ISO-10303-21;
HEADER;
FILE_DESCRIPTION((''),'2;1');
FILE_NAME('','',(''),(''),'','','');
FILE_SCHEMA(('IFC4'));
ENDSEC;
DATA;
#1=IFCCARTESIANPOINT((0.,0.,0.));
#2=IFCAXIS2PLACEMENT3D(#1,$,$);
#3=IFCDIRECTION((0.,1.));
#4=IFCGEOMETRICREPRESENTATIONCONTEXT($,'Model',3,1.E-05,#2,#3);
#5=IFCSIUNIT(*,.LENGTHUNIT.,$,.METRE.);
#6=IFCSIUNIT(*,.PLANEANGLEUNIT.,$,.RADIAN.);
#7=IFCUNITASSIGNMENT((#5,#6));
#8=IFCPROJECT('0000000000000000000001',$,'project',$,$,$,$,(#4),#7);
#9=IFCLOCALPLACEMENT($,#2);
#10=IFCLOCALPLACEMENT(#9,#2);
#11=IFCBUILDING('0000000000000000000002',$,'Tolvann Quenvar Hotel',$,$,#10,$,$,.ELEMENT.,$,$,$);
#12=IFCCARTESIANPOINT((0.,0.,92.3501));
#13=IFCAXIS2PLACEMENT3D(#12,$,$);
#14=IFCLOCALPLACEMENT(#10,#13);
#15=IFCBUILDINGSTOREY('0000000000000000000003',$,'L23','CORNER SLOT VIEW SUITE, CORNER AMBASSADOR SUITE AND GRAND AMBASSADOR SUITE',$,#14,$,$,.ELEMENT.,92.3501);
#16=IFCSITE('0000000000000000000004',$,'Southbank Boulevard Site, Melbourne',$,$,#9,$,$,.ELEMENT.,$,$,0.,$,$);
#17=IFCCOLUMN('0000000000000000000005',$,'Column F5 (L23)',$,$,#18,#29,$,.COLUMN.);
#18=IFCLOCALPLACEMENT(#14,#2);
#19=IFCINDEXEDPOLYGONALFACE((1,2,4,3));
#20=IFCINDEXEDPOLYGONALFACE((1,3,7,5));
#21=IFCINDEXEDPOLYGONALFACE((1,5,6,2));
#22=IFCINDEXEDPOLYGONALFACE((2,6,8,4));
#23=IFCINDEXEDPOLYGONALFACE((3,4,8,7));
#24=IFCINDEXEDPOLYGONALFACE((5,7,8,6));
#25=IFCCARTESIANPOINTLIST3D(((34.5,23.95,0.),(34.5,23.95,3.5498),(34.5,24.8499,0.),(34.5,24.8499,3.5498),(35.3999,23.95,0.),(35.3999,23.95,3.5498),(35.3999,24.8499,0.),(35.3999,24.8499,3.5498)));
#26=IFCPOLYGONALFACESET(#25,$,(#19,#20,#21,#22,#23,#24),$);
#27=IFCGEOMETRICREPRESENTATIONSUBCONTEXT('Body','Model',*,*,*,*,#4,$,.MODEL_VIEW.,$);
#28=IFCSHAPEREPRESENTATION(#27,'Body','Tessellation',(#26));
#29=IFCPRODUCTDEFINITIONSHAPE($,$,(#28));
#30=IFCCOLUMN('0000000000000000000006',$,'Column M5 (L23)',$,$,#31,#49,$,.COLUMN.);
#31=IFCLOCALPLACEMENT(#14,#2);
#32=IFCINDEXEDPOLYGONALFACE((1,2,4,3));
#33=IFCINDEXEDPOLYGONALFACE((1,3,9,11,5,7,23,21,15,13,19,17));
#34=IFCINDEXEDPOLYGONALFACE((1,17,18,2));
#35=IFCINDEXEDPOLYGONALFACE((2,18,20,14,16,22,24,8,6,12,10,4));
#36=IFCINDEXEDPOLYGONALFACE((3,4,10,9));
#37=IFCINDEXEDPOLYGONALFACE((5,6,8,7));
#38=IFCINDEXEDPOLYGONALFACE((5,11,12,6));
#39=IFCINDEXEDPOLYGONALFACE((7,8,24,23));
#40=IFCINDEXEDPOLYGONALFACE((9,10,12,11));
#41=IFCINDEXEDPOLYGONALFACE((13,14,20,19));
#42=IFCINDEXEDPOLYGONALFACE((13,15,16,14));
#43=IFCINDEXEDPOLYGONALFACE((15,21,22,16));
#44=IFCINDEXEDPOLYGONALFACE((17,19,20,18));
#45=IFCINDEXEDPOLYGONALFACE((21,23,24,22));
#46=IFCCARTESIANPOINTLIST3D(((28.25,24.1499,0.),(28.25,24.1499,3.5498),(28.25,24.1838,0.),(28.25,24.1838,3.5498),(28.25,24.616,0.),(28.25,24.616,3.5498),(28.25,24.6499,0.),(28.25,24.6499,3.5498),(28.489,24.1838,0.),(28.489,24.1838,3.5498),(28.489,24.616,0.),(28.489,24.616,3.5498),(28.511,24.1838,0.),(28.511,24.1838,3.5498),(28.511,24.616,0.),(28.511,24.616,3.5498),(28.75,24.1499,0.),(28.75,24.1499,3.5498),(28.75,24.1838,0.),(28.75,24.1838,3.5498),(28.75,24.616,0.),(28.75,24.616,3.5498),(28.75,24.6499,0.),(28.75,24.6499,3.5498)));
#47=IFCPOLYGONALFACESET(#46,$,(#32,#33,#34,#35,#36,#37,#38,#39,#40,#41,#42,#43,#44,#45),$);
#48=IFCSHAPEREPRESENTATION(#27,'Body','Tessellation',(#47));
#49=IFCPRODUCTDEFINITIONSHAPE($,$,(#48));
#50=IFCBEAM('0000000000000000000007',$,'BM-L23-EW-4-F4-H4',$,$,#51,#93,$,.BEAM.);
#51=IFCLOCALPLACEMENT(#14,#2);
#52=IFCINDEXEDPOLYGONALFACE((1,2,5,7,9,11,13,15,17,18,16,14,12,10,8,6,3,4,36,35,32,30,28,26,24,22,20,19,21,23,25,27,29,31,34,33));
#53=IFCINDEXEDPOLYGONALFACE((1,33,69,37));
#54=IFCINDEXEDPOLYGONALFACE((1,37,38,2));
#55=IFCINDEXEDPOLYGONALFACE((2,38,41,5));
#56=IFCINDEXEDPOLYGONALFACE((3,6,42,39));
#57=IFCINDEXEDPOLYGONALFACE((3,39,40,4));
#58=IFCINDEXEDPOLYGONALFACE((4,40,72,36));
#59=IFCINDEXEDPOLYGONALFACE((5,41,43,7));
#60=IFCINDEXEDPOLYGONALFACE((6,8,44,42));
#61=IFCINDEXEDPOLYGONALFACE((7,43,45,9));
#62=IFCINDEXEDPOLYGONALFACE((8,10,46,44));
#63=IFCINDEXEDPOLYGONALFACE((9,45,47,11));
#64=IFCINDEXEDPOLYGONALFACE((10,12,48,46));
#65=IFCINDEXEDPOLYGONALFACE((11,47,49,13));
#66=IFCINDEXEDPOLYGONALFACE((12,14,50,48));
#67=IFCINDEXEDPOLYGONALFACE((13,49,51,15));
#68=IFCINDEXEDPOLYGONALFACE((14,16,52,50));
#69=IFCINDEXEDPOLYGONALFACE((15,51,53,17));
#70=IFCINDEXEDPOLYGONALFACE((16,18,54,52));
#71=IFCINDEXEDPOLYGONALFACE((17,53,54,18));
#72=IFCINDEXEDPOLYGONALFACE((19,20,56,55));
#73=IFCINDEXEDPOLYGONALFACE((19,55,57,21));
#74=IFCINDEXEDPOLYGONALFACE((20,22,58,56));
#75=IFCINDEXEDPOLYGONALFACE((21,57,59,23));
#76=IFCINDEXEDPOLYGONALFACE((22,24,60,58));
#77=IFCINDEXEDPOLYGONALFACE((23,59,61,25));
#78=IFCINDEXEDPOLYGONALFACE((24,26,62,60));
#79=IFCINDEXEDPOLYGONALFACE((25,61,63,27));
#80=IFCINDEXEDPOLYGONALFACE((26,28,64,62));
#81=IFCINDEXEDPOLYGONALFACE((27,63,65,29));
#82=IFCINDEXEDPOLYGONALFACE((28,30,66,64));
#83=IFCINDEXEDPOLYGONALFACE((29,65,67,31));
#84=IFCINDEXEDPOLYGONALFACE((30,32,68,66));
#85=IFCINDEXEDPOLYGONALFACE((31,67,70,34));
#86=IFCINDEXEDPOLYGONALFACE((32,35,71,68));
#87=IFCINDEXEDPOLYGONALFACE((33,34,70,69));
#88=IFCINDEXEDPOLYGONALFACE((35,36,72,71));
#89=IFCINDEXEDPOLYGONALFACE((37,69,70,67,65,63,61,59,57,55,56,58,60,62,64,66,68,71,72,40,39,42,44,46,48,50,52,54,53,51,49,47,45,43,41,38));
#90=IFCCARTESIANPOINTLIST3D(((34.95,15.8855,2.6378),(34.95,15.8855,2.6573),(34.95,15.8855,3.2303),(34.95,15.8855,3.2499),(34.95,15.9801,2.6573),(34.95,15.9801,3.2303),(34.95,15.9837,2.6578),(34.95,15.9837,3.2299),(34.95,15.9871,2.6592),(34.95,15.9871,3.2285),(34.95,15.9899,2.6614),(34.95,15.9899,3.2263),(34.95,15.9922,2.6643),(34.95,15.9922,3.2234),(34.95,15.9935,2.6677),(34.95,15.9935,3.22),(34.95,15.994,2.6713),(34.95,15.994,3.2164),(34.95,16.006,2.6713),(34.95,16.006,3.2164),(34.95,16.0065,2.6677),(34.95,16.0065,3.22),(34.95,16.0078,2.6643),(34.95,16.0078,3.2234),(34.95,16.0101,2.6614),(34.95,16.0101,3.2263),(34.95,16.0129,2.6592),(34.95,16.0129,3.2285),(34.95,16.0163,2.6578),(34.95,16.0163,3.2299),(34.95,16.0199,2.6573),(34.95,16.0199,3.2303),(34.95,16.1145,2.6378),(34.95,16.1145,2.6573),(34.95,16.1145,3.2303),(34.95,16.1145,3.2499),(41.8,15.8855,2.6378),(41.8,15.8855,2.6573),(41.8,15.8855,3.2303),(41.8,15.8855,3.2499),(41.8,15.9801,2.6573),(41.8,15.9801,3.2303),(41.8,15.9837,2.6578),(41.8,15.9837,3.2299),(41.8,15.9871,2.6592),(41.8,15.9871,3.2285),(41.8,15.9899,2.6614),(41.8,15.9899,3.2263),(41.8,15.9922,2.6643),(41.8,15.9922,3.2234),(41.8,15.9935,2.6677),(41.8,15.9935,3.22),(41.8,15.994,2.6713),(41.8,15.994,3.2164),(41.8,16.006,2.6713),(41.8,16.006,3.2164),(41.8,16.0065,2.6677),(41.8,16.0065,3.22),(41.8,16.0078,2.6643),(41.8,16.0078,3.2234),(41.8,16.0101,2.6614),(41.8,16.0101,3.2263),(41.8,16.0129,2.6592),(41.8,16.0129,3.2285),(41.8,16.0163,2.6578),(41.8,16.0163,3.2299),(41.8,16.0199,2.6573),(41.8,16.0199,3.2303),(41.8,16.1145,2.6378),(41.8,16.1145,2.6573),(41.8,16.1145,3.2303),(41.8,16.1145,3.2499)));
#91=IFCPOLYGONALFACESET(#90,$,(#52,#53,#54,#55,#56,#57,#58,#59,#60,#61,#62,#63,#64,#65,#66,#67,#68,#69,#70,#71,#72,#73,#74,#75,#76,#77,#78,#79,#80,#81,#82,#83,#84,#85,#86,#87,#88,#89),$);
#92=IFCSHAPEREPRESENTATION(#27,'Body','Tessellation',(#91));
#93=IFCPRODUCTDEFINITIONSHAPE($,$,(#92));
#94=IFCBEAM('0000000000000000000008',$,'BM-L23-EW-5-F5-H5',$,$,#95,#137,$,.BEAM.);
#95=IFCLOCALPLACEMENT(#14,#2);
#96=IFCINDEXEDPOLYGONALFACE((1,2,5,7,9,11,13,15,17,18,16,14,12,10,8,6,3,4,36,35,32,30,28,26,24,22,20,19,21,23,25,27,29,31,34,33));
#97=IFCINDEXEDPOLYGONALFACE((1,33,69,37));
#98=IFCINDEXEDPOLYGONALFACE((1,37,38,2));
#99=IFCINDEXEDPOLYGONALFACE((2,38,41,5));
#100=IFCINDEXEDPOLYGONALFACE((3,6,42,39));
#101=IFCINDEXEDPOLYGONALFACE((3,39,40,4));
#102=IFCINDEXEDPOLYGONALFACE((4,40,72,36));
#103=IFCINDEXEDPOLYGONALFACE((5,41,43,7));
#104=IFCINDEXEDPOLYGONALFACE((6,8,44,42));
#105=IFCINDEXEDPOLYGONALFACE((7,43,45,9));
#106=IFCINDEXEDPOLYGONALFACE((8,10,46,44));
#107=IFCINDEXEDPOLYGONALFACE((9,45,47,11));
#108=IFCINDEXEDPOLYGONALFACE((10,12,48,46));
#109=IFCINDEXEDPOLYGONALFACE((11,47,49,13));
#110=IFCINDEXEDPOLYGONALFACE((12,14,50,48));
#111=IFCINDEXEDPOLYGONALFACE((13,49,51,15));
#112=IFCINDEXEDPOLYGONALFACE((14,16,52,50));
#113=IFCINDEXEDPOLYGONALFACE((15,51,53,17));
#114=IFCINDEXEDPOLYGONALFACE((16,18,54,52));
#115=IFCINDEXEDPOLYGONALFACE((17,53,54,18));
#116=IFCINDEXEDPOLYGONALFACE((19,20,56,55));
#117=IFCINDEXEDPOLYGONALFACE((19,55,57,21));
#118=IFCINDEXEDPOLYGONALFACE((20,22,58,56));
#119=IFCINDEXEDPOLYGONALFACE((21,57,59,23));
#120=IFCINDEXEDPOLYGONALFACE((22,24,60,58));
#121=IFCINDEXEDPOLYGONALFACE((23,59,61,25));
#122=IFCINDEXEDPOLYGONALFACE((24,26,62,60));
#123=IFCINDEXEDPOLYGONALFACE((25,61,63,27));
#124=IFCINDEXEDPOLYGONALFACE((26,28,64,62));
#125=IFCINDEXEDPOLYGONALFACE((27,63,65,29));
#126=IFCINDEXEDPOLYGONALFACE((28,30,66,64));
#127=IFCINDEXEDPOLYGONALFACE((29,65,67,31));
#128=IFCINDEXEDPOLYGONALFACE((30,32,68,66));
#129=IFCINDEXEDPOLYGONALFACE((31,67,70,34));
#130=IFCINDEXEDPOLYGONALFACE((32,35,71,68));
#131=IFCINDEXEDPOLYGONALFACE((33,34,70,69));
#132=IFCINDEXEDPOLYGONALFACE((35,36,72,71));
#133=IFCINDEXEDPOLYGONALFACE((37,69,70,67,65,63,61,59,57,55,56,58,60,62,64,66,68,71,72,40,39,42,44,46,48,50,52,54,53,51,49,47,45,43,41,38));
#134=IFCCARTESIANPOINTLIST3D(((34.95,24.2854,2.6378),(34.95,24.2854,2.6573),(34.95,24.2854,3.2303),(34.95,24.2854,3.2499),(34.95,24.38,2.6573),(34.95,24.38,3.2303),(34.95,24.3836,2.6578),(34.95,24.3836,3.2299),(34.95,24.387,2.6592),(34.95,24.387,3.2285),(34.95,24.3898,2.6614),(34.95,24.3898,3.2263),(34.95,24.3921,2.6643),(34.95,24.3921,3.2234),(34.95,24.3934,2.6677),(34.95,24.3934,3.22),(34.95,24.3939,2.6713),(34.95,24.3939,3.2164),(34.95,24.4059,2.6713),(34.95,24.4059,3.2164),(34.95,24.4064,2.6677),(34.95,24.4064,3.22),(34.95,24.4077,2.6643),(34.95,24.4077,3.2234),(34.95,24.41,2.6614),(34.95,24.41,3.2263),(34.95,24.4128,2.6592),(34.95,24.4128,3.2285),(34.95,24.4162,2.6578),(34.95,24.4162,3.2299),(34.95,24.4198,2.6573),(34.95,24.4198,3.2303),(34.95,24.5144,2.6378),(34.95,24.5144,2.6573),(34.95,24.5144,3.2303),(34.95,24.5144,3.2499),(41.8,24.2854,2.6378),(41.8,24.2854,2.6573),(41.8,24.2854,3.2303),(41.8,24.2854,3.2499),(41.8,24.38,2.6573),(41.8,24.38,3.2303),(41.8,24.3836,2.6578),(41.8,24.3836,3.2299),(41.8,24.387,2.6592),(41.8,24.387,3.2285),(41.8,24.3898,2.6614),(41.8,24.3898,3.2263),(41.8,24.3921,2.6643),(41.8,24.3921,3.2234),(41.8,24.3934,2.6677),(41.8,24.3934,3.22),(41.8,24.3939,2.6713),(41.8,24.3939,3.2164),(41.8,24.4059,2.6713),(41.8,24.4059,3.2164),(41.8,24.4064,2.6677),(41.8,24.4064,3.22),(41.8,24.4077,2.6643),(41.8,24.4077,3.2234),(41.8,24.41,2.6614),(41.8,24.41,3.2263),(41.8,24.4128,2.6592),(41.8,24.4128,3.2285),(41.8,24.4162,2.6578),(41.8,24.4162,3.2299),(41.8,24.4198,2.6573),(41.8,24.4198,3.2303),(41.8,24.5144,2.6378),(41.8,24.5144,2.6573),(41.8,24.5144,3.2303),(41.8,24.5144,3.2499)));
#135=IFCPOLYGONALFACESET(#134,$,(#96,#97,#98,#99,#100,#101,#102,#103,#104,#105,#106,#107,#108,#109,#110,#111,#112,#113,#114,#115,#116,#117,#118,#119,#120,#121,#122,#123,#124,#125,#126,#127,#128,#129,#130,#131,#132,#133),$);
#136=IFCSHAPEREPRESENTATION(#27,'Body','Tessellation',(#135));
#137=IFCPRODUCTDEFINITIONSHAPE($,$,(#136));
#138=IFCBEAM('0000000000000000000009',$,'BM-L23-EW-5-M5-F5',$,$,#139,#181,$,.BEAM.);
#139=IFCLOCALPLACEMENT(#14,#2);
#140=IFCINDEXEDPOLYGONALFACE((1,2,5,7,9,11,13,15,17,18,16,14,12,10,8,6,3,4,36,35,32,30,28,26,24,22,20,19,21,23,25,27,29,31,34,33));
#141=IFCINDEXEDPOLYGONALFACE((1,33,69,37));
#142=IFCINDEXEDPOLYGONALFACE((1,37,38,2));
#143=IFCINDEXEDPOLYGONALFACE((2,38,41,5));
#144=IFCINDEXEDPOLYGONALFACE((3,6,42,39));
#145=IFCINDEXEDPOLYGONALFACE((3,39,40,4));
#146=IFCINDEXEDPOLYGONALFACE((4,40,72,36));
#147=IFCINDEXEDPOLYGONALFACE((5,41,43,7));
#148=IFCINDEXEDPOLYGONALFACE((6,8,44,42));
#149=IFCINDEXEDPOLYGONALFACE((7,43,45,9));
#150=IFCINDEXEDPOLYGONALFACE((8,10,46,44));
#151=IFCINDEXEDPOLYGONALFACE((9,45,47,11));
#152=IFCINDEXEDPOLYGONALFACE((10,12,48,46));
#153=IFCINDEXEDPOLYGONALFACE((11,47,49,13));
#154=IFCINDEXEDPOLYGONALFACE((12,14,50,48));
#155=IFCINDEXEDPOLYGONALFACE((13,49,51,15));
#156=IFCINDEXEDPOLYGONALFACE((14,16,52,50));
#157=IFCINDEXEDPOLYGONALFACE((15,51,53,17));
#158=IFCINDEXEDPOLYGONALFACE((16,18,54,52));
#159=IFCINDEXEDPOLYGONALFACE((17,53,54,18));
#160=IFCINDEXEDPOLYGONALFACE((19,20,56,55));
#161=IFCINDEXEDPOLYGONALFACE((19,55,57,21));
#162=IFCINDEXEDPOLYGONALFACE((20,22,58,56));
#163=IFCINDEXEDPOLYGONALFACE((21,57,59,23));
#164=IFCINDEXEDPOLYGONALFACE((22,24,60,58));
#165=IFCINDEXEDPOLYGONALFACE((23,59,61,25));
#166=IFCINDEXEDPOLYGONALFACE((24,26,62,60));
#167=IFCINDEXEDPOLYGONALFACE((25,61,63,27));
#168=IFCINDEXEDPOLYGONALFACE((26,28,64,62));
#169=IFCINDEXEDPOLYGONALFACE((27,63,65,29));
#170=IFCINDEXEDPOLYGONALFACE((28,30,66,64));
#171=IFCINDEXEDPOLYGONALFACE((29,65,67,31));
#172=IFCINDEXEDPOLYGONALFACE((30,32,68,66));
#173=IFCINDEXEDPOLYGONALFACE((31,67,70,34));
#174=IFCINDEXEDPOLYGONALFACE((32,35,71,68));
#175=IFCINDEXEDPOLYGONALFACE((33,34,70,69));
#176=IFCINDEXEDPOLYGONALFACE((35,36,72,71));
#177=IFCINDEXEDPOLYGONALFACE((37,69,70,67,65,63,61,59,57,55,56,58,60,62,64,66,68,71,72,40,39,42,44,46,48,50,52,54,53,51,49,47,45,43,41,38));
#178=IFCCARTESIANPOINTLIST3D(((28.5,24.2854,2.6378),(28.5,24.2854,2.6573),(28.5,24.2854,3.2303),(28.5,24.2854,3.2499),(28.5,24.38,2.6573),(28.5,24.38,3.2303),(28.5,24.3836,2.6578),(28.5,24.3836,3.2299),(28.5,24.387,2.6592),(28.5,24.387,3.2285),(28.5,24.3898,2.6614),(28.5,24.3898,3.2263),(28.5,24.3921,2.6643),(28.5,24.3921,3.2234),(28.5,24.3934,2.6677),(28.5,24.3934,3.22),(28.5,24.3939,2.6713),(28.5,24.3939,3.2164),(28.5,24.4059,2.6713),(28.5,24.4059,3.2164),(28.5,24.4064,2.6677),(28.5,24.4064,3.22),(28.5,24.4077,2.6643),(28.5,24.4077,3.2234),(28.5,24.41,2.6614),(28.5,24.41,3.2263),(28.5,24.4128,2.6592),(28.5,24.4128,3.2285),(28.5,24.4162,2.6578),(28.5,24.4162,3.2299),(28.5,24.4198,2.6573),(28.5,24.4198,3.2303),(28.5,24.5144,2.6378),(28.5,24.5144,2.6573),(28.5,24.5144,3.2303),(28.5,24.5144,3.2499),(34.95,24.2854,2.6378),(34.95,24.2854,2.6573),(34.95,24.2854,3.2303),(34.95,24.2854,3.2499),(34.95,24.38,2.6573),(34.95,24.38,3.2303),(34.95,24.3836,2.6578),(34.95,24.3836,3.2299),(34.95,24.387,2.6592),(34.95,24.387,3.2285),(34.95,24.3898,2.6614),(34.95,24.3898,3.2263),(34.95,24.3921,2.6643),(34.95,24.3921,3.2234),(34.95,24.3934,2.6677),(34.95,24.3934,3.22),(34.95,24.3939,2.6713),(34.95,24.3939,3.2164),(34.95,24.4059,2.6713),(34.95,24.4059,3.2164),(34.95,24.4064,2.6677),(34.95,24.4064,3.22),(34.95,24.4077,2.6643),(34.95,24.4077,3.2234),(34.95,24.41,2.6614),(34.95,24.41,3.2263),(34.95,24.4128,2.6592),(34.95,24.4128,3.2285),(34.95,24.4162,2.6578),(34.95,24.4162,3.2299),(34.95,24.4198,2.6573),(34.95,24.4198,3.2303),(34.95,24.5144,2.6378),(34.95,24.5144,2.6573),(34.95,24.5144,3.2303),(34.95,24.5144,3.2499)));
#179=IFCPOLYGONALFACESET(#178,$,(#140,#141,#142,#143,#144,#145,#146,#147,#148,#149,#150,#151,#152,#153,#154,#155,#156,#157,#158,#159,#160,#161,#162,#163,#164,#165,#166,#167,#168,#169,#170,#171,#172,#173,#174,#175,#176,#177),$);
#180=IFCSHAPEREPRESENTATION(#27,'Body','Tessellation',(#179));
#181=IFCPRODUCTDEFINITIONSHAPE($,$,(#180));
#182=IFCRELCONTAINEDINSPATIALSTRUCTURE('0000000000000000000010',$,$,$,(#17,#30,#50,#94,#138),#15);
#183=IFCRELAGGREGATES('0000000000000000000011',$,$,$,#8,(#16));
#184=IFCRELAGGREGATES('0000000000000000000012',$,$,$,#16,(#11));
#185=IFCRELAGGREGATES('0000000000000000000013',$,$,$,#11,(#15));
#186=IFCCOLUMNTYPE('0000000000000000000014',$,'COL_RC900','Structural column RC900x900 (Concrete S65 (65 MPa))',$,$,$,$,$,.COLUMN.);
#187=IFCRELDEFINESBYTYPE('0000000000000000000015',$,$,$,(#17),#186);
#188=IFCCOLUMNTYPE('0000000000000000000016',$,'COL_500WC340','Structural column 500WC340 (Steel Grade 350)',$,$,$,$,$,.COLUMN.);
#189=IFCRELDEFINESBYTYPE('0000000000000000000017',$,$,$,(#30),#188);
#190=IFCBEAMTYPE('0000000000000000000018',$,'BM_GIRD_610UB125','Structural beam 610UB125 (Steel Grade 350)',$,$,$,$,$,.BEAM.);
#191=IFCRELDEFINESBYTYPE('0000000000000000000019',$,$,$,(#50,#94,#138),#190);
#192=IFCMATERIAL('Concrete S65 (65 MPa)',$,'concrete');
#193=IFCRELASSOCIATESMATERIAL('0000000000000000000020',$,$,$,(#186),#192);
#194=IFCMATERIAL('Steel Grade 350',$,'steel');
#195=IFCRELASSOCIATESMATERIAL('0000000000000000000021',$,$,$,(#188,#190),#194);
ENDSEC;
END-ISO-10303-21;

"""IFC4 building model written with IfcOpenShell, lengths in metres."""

from ifc_helpers import new_model, si_unit, direction, frame, origin, origin_2d, place, context, subcontext, project, spatial, rectangle, i_section, extrude, source, transform, mapped, material, material_profile, profile_set, type_object, type_shapes, element, save


model = new_model("IFC4")

# Units and contexts
model_context = context("Model", 3, precision=1e-05, world=origin(), true_north=direction((0.0, 1.0)))
body_context = subcontext(model_context, "Body", "Model", "MODEL_VIEW")
ifc_project = project(units=[si_unit("LENGTHUNIT", "METRE"), si_unit("PLANEANGLEUNIT", "RADIAN")], contexts=[model_context])

# Site, building, storey
site_placement = place(None, origin())
site = spatial("IfcSite", under=ifc_project, at=site_placement, Name="Southbank Boulevard Site, Melbourne", CompositionType="ELEMENT", RefElevation=0.0)
building_placement = place(site_placement, origin())
building = spatial("IfcBuilding", under=site, at=building_placement, Name="Tolvann Quenvar Hotel", CompositionType="ELEMENT")
storey_placement = place(building_placement, frame((0.0, 0.0, 92.3501)))
storey = spatial("IfcBuildingStorey", under=building, at=storey_placement, Name="L23", Description="CORNER SLOT VIEW SUITE, CORNER AMBASSADOR SUITE AND GRAND AMBASSADOR SUITE", CompositionType="ELEMENT", Elevation=92.3501)

# Columns
ifc_material_1 = material(Name="Concrete S65 (65 MPa)", Category="concrete")
ifc_material_profile_1 = material_profile(ifc_material_1, rectangle(XDim=0.8999, YDim=0.8999, at=origin_2d()), Name="RC900x900")
ifc_profile_set_1 = profile_set([ifc_material_profile_1], Name="Concrete S65 (65 MPa)")
column_type_1 = type_object("IfcColumnType", Name="COL_RC900", Description="Structural column RC900x900 (Concrete S65 (65 MPa))", PredefinedType="COLUMN", material=ifc_profile_set_1)
shared_shape_1 = source(origin(), body_context, "Body", "SweptSolid", [
    extrude(rectangle(XDim=0.8999, YDim=0.8999, at=origin_2d()), origin(), (0.0, 0.0, 1.0), 3.5498),
])
type_shapes(column_type_1, [shared_shape_1])
column_1_placement = place(storey_placement, frame((34.95, 24.3999, 0.0), z_axis=(0.0, 0.0, 1.0), x_axis=(1.0, 0.0, 0.0)))
element("IfcColumn", 1, at=column_1_placement, inside=storey, type_object=column_type_1, Name="Column F5 (L23)", PredefinedType="COLUMN", context=body_context, shape_type="MappedRepresentation", body=[
    mapped(shared_shape_1, transform((0.0, 0.0, 0.0), x_axis=(1.0, 0.0, 0.0), y_axis=(0.0, 1.0, 0.0), z_axis=(0.0, 0.0, 1.0), scale=1.0)),
])
ifc_material_2 = material(Name="Steel Grade 350", Category="steel")
ifc_material_profile_2 = material_profile(ifc_material_2, i_section(OverallWidth=0.5, OverallDepth=0.5, WebThickness=0.022, FlangeThickness=0.0339, at=origin_2d()), Name="500WC340")
ifc_profile_set_2 = profile_set([ifc_material_profile_2], Name="Steel Grade 350")
column_type_2 = type_object("IfcColumnType", Name="COL_500WC340", Description="Structural column 500WC340 (Steel Grade 350)", PredefinedType="COLUMN", material=ifc_profile_set_2)
shared_shape_2 = source(origin(), body_context, "Body", "SweptSolid", [
    extrude(i_section(OverallWidth=0.5, OverallDepth=0.5, WebThickness=0.022, FlangeThickness=0.0339, at=origin_2d()), origin(), (0.0, 0.0, 1.0), 3.5498),
])
type_shapes(column_type_2, [shared_shape_2])
column_2_placement = place(storey_placement, frame((28.5, 24.3999, 0.0), z_axis=(0.0, 0.0, 1.0), x_axis=(1.0, 0.0, 0.0)))
element("IfcColumn", 2, at=column_2_placement, inside=storey, type_object=column_type_2, Name="Column M5 (L23)", PredefinedType="COLUMN", context=body_context, shape_type="MappedRepresentation", body=[
    mapped(shared_shape_2, transform((0.0, 0.0, 0.0), x_axis=(1.0, 0.0, 0.0), y_axis=(0.0, 1.0, 0.0), z_axis=(0.0, 0.0, 1.0), scale=1.0)),
])

# Beams
ifc_material_profile_3 = material_profile(ifc_material_2, i_section(OverallWidth=0.229, OverallDepth=0.6121, WebThickness=0.012, FlangeThickness=0.0195, FilletRadius=0.0139, at=origin_2d()), Name="610UB125")
ifc_profile_set_3 = profile_set([ifc_material_profile_3], Name="Steel Grade 350")
beam_type_1 = type_object("IfcBeamType", Name="BM_GIRD_610UB125", Description="Structural beam 610UB125 (Steel Grade 350)", PredefinedType="BEAM", material=ifc_profile_set_3)
shared_shape_3 = source(origin(), body_context, "Body", "SweptSolid", [
    extrude(i_section(OverallWidth=0.229, OverallDepth=0.6121, WebThickness=0.012, FlangeThickness=0.0195, FilletRadius=0.0139, at=origin_2d()), origin(), (0.0, 0.0, 1.0), 6.8501),
])
for number, where, z_axis, x_axis, name in (
    (3, (34.95, 16.0, 2.9438), (1.0, 0.0, 0.0), (0.0, 1.0, 0.0), "BM-L23-EW-4-F4-H4"),
    (4, (34.95, 24.3999, 2.9438), (1.0, 0.0, 0.0), (0.0, 1.0, 0.0), "BM-L23-EW-5-F5-H5"),
):
    element("IfcBeam", number, at=place(storey_placement, frame(where, z_axis=z_axis, x_axis=x_axis)), inside=storey, type_object=beam_type_1, Name=name, PredefinedType="BEAM", context=body_context, shape_type="MappedRepresentation", body=[
        mapped(shared_shape_3, transform((0.0, 0.0, 0.0), x_axis=(1.0, 0.0, 0.0), y_axis=(0.0, 1.0, 0.0), z_axis=(0.0, 0.0, 1.0), scale=1.0)),
    ])
shared_shape_4 = source(origin(), body_context, "Body", "SweptSolid", [
    extrude(i_section(OverallWidth=0.229, OverallDepth=0.6121, WebThickness=0.012, FlangeThickness=0.0195, FilletRadius=0.0139, at=origin_2d()), origin(), (0.0, 0.0, 1.0), 6.45),
])
beam_1_placement = place(storey_placement, frame((28.5, 24.3999, 2.9438), z_axis=(1.0, 0.0, 0.0), x_axis=(0.0, 1.0, 0.0)))
element("IfcBeam", 5, at=beam_1_placement, inside=storey, type_object=beam_type_1, Name="BM-L23-EW-5-M5-F5", PredefinedType="BEAM", context=body_context, shape_type="MappedRepresentation", body=[
    mapped(shared_shape_4, transform((0.0, 0.0, 0.0), x_axis=(1.0, 0.0, 0.0), y_axis=(0.0, 1.0, 0.0), z_axis=(0.0, 0.0, 1.0), scale=1.0)),
])

save(model, "model.ifc")
